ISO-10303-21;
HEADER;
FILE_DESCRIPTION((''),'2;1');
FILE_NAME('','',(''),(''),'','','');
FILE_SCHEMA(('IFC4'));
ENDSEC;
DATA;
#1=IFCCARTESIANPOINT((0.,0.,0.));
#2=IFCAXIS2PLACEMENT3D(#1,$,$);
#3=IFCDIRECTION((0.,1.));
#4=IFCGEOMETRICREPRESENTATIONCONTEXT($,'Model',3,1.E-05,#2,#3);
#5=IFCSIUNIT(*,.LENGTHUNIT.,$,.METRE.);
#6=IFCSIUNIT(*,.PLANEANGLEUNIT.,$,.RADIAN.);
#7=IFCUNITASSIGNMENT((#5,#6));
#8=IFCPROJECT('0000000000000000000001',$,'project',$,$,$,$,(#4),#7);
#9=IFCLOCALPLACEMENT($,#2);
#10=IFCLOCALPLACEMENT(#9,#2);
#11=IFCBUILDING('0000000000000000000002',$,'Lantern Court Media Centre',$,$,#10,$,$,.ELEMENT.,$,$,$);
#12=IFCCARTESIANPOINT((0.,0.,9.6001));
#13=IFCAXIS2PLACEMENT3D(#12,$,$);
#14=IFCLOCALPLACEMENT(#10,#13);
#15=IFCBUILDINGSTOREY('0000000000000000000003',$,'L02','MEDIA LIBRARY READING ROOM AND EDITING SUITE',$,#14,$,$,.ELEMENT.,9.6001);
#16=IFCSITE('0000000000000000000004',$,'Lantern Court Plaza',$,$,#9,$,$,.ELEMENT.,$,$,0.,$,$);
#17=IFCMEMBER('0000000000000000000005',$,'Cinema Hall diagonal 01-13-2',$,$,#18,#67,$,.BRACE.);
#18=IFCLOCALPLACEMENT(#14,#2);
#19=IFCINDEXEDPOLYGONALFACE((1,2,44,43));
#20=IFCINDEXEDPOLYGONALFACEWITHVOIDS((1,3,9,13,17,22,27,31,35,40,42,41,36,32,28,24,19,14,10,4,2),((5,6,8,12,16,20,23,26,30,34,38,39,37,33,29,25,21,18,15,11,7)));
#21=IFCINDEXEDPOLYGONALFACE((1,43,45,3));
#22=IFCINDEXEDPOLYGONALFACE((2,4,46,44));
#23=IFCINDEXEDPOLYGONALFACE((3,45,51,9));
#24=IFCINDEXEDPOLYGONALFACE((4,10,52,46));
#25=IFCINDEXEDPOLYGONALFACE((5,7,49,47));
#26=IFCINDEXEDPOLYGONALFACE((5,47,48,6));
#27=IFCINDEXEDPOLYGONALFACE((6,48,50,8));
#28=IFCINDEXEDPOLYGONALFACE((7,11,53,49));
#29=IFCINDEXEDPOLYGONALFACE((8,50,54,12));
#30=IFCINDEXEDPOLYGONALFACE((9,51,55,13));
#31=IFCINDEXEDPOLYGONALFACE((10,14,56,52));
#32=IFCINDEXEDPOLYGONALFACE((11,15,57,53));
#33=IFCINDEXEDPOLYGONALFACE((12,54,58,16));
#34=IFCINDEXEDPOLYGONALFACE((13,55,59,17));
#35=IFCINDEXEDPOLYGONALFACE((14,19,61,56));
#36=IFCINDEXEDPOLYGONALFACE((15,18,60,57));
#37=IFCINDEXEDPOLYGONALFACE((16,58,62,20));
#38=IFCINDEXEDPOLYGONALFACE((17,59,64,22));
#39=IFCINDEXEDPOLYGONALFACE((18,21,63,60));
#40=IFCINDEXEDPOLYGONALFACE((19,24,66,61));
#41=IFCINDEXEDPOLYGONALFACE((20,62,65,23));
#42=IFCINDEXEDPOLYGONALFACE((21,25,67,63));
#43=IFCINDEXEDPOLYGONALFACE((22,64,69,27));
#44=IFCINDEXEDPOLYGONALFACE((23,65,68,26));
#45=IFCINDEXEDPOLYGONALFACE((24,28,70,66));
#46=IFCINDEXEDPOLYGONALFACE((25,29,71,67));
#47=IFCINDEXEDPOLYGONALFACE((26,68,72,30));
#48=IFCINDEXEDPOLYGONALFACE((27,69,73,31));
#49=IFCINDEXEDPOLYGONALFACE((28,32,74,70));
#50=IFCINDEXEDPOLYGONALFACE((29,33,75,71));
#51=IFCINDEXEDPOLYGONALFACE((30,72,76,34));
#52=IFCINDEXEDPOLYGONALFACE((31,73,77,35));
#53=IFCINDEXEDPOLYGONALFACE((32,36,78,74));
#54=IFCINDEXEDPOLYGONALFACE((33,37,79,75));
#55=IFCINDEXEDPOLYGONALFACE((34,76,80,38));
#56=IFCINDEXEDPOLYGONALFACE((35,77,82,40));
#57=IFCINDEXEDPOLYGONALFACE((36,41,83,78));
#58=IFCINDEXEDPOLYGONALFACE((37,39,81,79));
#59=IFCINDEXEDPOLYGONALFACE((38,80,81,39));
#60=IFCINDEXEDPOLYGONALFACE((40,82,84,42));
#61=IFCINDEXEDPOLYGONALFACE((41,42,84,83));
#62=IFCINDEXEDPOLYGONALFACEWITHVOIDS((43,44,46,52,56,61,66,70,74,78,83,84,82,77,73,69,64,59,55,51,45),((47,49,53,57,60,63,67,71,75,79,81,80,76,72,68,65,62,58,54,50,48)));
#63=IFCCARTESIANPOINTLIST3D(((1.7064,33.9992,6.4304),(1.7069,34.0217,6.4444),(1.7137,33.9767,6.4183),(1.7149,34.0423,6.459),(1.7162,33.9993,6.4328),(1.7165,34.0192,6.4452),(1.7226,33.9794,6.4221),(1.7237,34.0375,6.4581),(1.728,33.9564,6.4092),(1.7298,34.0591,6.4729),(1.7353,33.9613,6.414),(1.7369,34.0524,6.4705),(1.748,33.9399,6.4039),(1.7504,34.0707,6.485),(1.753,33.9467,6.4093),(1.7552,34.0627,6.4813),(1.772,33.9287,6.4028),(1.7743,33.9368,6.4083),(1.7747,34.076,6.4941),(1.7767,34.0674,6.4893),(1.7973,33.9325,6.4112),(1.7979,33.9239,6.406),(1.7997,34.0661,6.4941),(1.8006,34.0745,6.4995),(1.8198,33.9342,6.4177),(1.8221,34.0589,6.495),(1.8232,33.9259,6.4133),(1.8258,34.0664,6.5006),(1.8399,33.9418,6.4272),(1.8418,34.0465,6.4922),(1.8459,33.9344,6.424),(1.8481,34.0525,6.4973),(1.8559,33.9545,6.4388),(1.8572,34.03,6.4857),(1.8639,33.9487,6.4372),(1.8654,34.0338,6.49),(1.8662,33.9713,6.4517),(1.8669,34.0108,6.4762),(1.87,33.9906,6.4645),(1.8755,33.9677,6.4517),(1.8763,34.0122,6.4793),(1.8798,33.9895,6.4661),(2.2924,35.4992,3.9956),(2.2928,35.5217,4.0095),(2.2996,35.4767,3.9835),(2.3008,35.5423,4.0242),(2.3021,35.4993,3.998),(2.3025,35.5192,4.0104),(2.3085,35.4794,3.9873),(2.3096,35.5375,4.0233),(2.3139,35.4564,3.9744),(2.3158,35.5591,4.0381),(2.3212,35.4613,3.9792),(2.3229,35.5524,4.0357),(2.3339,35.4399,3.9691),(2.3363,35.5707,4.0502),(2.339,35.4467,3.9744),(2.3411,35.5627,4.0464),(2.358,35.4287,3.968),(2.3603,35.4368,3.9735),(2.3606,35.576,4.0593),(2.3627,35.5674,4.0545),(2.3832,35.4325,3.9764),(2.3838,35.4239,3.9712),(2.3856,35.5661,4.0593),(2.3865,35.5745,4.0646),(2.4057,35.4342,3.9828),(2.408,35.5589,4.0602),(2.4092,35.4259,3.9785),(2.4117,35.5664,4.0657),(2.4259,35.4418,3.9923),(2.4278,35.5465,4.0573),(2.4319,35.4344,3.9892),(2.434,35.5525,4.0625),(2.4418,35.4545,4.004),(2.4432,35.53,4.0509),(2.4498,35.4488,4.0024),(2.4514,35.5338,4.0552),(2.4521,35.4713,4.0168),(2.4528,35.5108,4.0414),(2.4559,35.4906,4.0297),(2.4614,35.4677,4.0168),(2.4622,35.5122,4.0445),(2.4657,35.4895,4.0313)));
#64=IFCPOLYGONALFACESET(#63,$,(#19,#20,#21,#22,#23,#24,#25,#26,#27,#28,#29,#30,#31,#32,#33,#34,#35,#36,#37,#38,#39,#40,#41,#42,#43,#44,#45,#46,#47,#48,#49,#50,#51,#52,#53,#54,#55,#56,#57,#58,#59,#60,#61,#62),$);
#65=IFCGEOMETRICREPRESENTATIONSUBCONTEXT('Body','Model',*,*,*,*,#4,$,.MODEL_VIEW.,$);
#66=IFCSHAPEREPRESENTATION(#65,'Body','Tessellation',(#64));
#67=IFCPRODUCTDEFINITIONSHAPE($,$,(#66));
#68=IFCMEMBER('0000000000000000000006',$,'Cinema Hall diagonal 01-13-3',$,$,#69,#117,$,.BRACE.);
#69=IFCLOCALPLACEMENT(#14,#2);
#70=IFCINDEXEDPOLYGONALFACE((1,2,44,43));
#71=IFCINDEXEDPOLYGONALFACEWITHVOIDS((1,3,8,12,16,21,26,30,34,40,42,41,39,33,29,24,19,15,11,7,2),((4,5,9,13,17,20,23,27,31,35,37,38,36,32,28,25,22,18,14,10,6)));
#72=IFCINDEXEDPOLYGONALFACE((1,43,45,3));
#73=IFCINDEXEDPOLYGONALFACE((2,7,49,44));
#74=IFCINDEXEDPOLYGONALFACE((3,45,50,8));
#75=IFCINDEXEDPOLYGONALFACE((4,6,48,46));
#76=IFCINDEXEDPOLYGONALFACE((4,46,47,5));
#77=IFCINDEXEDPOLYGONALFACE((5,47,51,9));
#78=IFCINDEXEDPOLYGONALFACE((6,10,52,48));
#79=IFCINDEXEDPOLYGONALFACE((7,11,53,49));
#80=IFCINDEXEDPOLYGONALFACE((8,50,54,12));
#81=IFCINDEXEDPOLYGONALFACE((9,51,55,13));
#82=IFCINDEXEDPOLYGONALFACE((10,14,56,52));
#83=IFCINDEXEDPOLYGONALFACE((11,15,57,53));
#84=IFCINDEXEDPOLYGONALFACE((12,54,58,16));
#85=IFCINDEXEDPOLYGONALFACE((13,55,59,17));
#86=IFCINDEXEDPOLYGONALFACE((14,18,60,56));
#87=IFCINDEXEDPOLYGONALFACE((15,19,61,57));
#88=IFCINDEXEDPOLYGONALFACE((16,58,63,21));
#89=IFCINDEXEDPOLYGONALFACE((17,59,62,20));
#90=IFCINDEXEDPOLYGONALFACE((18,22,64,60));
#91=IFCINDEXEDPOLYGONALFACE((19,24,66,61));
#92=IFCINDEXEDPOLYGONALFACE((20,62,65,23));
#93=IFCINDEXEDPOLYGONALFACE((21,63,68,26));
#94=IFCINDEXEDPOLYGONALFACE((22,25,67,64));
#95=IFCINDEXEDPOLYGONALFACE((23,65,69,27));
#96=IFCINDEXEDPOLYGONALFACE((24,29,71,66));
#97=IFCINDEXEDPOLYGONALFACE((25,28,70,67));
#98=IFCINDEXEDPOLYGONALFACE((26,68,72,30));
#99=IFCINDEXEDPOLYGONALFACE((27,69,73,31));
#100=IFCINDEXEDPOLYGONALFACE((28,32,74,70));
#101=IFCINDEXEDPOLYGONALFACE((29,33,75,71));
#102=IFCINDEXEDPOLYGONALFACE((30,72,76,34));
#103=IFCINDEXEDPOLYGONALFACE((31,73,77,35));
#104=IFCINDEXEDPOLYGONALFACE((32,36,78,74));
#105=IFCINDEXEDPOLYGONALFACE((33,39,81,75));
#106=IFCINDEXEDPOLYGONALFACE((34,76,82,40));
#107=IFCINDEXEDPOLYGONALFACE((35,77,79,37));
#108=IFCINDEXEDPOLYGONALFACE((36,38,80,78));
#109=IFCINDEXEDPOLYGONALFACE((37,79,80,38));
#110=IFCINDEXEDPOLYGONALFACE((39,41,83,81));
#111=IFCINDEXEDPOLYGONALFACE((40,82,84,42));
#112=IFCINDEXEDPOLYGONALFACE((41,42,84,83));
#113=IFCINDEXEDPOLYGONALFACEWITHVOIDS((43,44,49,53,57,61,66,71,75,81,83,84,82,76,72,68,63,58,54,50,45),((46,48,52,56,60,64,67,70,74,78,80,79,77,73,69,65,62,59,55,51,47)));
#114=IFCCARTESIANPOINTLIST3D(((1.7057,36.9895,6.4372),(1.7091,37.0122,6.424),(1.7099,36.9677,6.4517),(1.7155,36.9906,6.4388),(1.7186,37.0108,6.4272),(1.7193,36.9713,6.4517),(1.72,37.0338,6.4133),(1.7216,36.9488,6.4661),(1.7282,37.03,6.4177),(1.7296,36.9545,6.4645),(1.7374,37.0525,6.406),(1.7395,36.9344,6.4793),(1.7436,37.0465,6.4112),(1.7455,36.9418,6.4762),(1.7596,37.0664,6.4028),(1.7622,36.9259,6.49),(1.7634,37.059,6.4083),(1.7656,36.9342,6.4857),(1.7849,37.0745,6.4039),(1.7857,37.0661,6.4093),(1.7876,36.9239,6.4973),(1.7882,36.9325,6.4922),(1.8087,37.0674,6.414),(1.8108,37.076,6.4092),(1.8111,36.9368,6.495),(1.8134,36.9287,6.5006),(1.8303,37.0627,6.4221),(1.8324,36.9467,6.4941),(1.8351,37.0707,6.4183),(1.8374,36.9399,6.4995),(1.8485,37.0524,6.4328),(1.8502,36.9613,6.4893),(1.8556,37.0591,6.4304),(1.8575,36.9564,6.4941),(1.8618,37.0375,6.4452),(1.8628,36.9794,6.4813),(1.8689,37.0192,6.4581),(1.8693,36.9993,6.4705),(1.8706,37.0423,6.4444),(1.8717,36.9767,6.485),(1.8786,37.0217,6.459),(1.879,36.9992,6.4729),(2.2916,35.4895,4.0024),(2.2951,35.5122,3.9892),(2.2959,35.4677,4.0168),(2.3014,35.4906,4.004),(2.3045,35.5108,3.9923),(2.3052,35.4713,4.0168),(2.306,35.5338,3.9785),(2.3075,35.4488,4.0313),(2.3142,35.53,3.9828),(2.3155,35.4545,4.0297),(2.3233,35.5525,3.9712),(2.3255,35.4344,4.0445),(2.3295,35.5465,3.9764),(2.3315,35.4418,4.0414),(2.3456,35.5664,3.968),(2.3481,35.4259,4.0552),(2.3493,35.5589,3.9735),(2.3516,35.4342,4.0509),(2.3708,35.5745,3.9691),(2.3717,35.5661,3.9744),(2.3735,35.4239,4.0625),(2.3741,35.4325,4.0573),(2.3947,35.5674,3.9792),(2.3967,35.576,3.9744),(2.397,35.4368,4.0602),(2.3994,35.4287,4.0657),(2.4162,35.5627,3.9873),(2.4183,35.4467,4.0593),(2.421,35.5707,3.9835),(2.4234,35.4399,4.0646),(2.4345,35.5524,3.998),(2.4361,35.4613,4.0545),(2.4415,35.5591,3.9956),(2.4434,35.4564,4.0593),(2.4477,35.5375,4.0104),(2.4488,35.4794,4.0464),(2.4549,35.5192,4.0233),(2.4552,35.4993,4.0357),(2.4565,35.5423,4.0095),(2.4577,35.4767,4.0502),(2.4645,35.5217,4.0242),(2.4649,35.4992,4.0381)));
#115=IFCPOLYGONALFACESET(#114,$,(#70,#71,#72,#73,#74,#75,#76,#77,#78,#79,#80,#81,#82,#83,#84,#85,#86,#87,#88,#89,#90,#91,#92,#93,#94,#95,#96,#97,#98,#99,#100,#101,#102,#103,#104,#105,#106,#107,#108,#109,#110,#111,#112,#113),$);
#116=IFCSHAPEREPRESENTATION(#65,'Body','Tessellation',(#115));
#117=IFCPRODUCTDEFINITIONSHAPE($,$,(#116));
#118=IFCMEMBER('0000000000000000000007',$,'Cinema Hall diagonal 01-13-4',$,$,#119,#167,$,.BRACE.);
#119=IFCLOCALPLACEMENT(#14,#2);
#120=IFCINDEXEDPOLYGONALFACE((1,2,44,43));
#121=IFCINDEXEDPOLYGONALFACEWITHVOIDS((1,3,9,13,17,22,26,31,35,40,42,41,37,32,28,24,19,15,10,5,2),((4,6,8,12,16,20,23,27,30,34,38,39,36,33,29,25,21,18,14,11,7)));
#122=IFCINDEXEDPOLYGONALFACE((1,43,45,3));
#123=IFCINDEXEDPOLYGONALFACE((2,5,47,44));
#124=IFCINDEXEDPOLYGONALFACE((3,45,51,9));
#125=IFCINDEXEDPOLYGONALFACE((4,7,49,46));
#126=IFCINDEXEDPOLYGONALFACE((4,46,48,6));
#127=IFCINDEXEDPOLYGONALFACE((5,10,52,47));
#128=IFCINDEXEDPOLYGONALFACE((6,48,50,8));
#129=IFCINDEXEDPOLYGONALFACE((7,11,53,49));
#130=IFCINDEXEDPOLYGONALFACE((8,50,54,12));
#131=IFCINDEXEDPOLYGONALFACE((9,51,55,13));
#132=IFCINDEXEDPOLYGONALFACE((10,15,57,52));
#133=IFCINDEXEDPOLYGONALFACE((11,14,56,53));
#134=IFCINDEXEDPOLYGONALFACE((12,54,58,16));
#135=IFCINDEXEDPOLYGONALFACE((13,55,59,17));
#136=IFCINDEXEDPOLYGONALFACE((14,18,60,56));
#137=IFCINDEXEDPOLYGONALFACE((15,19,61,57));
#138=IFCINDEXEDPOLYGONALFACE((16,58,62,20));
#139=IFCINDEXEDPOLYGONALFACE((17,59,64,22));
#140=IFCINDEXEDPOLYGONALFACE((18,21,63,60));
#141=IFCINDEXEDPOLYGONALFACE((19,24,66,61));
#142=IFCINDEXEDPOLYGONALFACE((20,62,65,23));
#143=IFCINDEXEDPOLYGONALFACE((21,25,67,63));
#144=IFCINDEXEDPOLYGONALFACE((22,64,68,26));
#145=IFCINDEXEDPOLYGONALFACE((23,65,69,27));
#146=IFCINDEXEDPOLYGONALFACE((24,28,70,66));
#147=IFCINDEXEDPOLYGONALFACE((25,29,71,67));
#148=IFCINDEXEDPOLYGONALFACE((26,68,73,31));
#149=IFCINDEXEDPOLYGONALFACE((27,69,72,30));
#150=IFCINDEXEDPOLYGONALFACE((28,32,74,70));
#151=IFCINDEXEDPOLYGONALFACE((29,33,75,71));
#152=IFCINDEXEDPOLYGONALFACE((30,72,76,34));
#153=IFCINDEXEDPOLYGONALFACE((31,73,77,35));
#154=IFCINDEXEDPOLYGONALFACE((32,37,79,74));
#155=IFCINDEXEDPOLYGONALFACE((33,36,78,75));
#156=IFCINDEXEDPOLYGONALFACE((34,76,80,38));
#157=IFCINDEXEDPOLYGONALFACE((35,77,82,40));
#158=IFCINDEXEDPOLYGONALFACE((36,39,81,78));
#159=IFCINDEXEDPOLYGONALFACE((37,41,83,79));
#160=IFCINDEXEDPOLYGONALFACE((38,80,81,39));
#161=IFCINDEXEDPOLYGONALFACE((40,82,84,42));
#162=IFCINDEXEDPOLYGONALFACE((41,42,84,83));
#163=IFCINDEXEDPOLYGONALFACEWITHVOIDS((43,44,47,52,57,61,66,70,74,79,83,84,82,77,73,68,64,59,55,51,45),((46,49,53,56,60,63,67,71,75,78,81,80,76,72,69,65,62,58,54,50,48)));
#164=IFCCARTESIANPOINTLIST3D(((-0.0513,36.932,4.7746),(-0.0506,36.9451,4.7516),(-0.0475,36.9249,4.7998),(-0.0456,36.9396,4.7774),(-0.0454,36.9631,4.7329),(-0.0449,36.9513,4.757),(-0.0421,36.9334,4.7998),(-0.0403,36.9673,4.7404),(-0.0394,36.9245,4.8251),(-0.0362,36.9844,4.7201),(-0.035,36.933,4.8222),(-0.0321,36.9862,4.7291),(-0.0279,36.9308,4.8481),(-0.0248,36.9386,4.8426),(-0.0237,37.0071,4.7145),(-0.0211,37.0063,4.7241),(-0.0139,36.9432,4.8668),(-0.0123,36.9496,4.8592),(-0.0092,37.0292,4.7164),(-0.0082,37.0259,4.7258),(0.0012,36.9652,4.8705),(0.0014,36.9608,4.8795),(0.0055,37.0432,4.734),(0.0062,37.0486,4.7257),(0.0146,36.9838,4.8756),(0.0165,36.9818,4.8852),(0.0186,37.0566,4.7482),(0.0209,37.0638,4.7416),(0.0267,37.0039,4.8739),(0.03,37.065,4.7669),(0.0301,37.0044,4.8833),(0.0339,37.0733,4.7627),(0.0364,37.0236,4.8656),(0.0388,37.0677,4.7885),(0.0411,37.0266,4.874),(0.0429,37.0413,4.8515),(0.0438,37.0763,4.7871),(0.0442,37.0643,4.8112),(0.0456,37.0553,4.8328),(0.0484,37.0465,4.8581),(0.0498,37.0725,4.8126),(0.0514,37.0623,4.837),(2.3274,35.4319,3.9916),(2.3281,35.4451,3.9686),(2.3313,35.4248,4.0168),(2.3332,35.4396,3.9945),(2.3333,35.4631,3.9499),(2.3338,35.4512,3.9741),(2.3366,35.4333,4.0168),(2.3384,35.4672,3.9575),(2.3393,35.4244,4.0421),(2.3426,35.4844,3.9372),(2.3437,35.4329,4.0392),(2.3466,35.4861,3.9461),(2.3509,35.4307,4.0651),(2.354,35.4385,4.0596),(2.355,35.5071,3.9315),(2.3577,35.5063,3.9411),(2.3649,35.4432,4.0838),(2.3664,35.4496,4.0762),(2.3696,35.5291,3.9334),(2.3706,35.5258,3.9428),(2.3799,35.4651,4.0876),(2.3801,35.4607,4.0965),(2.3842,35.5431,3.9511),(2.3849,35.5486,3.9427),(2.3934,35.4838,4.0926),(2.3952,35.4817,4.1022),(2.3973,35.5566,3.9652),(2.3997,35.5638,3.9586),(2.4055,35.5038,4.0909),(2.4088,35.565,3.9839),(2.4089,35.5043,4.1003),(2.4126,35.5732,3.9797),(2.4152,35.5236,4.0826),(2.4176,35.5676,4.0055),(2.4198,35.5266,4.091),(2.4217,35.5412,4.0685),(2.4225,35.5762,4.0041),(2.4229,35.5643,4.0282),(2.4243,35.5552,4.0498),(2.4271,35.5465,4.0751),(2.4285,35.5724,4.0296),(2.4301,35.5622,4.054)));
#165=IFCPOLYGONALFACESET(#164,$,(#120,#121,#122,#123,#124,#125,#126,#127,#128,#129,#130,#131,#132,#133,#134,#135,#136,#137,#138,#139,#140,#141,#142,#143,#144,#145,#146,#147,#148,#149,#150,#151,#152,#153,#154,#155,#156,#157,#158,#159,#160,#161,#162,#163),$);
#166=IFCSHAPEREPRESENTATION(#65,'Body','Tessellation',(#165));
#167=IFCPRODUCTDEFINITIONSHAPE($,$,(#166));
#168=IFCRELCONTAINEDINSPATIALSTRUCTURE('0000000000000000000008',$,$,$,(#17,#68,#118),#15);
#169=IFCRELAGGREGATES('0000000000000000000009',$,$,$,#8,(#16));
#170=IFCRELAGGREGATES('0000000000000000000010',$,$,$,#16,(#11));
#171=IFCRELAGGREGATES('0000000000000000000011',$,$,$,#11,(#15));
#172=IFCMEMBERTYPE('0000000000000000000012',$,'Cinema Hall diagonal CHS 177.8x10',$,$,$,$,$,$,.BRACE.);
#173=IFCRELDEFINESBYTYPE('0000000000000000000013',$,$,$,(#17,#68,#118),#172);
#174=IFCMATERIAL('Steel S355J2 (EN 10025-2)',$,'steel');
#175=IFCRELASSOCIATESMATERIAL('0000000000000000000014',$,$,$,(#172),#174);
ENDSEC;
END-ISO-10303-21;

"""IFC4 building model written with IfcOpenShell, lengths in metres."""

from ifc_helpers import new_model, si_unit, direction, frame, origin, origin_2d, place, context, subcontext, project, spatial, hollow_circle, extrude, material, material_profile, profile_set, type_object, element, save


model = new_model("IFC4")

# Units and contexts
model_context = context("Model", 3, precision=1e-05, world=origin(), true_north=direction((0.0, 1.0)))
body_context = subcontext(model_context, "Body", "Model", "MODEL_VIEW")
ifc_project = project(units=[si_unit("LENGTHUNIT", "METRE"), si_unit("PLANEANGLEUNIT", "RADIAN")], contexts=[model_context])

# Site, building, storey
site_placement = place(None, origin())
site = spatial("IfcSite", under=ifc_project, at=site_placement, Name="Lantern Court Plaza", CompositionType="ELEMENT", RefElevation=0.0)
building_placement = place(site_placement, origin())
building = spatial("IfcBuilding", under=site, at=building_placement, Name="Lantern Court Media Centre", CompositionType="ELEMENT")
storey_placement = place(building_placement, frame((0.0, 0.0, 9.6001)))
storey = spatial("IfcBuildingStorey", under=building, at=storey_placement, Name="L02", Description="MEDIA LIBRARY READING ROOM AND EDITING SUITE", CompositionType="ELEMENT", Elevation=9.6001)

# Members
ifc_material_1 = material(Name="Steel S355J2 (EN 10025-2)", Category="steel")
ifc_material_profile_1 = material_profile(ifc_material_1, hollow_circle(Radius=0.0889, WallThickness=0.01, at=origin_2d()), Name="Cinema Hall diagonal CHS 177.8x10")
ifc_profile_set_1 = profile_set([ifc_material_profile_1], Name="Steel S355J2 (EN 10025-2)")
member_type_1 = type_object("IfcMemberType", Name="Cinema Hall diagonal CHS 177.8x10", PredefinedType="BRACE", material=ifc_profile_set_1)
for number, where, z_axis, x_axis, name in (
    (1, (2.3787, 35.5, 4.0168), (-0.20072, -0.513842, 0.834073), (0.931457, -0.363851, 0.0), "Cinema Hall diagonal 01-13-2"),
    (2, (2.3787, 35.5, 4.0168), (-0.20072, 0.513842, 0.834073), (-0.931457, -0.363851, 0.0), "Cinema Hall diagonal 01-13-3"),
    (3, (2.3787, 35.5, 4.0168), (-0.814866, 0.51386, 0.268221), (-0.533405, -0.84586, 0.0), "Cinema Hall diagonal 01-13-4"),
):
    element("IfcMember", number, at=place(storey_placement, frame(where, z_axis=z_axis, x_axis=x_axis)), inside=storey, type_object=member_type_1, Name=name, PredefinedType="BRACE", context=body_context, shape_type="SweptSolid", body=[
        extrude(hollow_circle(Radius=0.0889, WallThickness=0.01, at=origin_2d()), origin(), (0.0, 0.0, 1.0), 2.9192),
    ])

save(model, "model.ifc")
